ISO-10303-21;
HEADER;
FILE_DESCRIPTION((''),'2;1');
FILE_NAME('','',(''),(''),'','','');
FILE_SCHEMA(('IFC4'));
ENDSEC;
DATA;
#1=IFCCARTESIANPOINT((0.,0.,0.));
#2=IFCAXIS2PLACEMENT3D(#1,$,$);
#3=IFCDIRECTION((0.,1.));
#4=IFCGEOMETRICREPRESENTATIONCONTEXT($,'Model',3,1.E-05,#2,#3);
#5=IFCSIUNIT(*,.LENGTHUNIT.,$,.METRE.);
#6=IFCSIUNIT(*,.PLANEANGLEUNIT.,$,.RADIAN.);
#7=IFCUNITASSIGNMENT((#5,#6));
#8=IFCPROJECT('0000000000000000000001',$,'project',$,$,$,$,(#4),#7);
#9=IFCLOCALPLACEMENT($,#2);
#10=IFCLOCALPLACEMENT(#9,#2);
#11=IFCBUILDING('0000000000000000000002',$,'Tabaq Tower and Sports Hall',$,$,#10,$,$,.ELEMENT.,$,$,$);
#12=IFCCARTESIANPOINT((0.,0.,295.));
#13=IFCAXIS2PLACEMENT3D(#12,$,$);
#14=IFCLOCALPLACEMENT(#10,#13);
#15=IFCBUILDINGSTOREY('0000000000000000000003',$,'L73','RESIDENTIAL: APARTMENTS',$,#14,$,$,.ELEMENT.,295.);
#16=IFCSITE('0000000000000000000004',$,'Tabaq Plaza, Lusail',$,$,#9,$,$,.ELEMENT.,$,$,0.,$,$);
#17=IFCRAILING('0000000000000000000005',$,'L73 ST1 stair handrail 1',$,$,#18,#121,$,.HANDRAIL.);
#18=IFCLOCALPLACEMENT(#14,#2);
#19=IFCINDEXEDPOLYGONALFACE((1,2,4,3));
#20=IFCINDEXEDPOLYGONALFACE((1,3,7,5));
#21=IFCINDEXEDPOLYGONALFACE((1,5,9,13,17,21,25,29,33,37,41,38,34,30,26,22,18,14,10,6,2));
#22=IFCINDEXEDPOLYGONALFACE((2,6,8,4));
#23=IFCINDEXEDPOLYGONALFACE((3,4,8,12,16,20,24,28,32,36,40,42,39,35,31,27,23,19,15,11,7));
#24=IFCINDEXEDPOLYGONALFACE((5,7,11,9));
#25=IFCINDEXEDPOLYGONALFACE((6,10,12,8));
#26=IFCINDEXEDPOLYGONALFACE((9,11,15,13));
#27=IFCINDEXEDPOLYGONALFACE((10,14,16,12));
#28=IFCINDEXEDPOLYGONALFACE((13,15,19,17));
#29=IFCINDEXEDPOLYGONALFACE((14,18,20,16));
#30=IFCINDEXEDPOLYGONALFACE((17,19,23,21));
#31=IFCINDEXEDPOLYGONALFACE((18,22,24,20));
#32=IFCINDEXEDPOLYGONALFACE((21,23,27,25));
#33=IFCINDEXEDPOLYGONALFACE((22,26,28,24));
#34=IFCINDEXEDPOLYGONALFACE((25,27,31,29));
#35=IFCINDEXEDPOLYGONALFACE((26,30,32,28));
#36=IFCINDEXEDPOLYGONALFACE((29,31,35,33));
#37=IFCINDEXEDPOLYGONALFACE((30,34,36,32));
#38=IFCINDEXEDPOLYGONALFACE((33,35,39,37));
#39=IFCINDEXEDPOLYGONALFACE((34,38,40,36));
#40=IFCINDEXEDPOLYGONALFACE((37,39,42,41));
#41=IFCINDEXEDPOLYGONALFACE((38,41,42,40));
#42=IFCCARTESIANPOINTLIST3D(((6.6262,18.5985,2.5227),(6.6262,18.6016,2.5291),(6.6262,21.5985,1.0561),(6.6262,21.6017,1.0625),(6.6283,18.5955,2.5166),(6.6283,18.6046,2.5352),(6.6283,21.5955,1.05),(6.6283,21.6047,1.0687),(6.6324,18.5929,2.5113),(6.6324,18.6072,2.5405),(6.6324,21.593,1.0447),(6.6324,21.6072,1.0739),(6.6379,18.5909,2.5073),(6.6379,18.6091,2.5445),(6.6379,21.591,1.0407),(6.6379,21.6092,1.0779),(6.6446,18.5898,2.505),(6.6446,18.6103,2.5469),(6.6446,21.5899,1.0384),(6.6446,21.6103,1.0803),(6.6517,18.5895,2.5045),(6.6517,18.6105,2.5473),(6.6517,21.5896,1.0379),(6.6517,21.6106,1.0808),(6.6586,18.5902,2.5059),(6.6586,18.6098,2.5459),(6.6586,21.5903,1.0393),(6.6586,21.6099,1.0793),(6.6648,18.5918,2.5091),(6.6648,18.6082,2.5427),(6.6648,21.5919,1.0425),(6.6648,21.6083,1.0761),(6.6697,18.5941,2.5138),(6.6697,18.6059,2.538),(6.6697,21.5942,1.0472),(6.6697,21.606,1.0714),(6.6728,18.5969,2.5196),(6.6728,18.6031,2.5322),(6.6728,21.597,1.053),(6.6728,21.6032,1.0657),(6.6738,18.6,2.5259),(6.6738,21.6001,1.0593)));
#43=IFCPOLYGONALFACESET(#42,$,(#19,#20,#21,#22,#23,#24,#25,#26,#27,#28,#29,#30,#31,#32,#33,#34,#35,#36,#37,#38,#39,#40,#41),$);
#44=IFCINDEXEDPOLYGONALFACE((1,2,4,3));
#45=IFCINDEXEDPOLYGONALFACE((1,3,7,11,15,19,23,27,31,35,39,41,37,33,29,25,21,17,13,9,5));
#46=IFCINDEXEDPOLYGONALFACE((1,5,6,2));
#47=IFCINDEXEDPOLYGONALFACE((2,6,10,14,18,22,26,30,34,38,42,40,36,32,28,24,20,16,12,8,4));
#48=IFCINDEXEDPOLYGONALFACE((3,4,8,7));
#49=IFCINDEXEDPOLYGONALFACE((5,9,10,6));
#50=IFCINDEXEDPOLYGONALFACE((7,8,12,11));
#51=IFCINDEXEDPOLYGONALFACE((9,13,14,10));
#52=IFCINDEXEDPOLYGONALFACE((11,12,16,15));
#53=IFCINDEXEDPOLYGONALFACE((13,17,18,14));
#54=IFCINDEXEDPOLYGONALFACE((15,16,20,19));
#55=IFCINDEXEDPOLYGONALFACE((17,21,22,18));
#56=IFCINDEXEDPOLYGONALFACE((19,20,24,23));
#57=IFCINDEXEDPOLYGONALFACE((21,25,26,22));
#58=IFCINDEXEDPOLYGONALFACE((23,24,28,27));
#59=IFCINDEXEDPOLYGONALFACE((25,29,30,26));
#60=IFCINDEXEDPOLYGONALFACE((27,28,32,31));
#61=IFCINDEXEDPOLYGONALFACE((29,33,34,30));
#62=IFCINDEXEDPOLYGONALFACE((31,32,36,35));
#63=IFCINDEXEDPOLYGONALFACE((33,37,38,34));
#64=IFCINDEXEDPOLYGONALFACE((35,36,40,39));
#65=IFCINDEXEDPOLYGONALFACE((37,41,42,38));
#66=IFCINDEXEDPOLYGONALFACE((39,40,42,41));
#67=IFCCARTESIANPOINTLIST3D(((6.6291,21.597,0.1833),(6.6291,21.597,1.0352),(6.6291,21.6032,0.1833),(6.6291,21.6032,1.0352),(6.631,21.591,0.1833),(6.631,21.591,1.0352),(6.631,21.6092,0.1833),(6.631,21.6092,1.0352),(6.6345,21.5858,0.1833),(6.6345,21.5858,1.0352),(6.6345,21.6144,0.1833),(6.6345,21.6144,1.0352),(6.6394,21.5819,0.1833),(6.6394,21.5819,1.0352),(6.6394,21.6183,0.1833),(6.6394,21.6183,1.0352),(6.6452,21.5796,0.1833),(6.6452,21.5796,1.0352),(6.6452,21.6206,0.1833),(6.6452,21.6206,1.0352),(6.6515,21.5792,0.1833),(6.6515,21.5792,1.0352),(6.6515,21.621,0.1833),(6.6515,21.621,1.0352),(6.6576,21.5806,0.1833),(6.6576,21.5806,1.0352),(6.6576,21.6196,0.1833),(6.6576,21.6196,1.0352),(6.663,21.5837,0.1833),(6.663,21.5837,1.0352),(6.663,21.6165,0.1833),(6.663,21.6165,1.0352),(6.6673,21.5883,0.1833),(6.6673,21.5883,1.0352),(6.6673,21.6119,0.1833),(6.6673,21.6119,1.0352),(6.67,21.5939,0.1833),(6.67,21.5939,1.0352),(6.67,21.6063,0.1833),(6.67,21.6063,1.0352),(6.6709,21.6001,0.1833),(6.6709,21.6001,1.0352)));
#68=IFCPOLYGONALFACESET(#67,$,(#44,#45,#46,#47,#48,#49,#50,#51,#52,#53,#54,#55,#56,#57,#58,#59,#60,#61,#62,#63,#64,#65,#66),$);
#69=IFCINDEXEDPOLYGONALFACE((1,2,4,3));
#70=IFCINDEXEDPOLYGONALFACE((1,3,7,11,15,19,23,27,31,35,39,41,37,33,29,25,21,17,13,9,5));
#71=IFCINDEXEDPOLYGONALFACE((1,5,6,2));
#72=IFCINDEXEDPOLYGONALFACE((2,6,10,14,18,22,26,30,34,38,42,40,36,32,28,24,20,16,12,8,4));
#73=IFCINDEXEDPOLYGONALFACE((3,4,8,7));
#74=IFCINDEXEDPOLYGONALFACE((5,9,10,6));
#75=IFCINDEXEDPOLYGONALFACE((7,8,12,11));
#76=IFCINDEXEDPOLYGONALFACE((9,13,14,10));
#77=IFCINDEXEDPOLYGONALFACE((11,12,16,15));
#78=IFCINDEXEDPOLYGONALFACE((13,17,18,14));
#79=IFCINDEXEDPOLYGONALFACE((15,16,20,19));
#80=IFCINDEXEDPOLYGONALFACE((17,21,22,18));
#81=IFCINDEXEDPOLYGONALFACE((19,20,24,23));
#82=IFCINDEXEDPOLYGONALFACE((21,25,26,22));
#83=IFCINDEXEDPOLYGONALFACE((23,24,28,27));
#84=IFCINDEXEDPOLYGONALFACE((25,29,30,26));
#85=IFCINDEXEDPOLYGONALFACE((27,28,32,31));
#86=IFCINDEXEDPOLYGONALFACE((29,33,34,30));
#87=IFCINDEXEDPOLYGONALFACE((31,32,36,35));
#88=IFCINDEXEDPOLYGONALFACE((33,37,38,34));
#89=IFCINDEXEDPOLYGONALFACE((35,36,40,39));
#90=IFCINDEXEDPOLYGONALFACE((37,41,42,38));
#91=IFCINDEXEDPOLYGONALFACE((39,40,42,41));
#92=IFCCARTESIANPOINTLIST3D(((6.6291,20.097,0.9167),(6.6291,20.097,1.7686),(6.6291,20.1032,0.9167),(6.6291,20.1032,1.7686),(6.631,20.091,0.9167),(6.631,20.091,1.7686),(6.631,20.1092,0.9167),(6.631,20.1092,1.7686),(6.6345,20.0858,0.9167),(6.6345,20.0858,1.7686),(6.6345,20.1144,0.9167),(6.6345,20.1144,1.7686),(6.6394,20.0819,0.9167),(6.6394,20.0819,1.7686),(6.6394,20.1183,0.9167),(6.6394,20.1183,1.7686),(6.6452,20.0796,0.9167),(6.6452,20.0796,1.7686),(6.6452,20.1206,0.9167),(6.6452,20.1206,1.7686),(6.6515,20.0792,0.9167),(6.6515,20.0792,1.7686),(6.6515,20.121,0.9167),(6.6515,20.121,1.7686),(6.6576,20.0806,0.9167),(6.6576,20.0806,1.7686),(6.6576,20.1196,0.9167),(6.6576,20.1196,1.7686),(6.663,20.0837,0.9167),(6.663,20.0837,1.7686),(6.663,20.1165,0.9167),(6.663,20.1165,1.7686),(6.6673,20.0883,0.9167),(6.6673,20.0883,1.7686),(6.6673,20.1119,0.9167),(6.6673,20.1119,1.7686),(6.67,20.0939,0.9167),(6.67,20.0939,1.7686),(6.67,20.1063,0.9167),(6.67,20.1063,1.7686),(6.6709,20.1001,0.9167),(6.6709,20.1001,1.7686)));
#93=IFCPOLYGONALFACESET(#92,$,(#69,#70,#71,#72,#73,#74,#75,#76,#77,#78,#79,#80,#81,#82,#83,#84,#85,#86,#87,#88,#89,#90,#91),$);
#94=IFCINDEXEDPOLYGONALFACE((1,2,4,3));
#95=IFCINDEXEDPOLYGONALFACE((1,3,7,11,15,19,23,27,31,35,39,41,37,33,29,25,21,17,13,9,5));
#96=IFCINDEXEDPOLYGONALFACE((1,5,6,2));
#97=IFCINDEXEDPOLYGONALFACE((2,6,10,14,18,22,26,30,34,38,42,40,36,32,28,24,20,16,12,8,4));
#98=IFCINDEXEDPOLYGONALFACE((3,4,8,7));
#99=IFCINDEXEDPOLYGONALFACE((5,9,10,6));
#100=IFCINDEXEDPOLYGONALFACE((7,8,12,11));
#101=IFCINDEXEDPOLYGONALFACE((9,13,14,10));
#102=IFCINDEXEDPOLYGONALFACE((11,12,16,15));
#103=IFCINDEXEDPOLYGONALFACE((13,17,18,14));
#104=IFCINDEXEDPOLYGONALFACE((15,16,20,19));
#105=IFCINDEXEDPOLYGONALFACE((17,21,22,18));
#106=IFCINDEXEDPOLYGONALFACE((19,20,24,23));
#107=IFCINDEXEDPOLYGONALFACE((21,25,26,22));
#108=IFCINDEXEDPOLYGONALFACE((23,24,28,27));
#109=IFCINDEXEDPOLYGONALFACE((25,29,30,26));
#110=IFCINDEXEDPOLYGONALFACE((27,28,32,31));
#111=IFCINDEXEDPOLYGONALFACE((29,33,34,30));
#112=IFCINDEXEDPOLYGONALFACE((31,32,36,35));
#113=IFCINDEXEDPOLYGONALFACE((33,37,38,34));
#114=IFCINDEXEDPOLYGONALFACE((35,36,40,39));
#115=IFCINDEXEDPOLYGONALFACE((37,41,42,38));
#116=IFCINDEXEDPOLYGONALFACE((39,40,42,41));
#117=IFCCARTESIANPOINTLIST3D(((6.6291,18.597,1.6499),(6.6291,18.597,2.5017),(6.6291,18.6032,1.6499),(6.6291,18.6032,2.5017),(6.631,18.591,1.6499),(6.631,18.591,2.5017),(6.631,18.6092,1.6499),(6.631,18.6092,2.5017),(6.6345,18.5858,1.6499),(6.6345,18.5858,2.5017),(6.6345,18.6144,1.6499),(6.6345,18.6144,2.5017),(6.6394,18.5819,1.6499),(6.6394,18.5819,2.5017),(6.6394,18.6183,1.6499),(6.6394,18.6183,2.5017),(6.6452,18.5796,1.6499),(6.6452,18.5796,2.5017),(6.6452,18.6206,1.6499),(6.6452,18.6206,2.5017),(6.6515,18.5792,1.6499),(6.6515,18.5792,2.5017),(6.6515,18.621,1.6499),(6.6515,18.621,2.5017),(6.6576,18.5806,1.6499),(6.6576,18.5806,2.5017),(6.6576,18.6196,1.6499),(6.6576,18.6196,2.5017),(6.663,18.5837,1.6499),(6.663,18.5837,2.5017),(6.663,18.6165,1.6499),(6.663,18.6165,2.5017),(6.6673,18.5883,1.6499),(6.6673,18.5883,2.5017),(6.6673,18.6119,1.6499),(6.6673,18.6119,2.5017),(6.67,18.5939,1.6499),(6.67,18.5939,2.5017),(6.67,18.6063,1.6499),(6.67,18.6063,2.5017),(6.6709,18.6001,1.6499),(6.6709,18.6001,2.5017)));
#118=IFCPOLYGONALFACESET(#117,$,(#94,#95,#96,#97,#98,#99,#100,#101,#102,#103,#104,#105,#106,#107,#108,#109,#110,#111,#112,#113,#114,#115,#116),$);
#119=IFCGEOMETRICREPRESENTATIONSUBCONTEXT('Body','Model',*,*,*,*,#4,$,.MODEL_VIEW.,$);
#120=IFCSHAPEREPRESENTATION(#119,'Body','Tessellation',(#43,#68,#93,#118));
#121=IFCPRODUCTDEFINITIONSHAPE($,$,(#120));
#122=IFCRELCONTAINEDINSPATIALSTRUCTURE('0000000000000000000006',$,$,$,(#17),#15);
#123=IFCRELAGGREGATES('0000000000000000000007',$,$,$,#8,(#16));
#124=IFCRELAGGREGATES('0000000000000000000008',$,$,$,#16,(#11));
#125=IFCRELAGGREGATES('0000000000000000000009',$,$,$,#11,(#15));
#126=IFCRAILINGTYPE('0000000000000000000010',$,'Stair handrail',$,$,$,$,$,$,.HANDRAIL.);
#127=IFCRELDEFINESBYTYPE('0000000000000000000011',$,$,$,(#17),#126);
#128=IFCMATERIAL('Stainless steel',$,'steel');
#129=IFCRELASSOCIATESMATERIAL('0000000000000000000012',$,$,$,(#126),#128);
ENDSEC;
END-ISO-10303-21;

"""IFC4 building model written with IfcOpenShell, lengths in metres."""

from ifc_helpers import new_model, si_unit, direction, frame, origin, origin_2d, place, context, subcontext, project, spatial, circle, extrude, material, type_object, element, save


model = new_model("IFC4")

# Units and contexts
model_context = context("Model", 3, precision=1e-05, world=origin(), true_north=direction((0.0, 1.0)))
body_context = subcontext(model_context, "Body", "Model", "MODEL_VIEW")
ifc_project = project(units=[si_unit("LENGTHUNIT", "METRE"), si_unit("PLANEANGLEUNIT", "RADIAN")], contexts=[model_context])

# Site, building, storey
site_placement = place(None, origin())
site = spatial("IfcSite", under=ifc_project, at=site_placement, Name="Tabaq Plaza, Lusail", CompositionType="ELEMENT", RefElevation=0.0)
building_placement = place(site_placement, origin())
building = spatial("IfcBuilding", under=site, at=building_placement, Name="Tabaq Tower and Sports Hall", CompositionType="ELEMENT")
storey_placement = place(building_placement, frame((0.0, 0.0, 295.0)))
storey = spatial("IfcBuildingStorey", under=building, at=storey_placement, Name="L73", Description="RESIDENTIAL: APARTMENTS", CompositionType="ELEMENT", Elevation=295.0)

# Railing
ifc_material_1 = material(Name="Stainless steel", Category="steel")
railing_type_1 = type_object("IfcRailingType", Name="Stair handrail", PredefinedType="HANDRAIL", material=ifc_material_1)
railing_1_placement = place(storey_placement, frame((6.6499, 21.6001, 0.1833)))
element("IfcRailing", 1, at=railing_1_placement, inside=storey, type_object=railing_type_1, Name="L73 ST1 stair handrail 1", PredefinedType="HANDRAIL", context=body_context, shape_type="SweptSolid", body=[
    extrude(circle(Radius=0.0239, at=origin_2d()), frame((0.0, 0.0, 0.876), z_axis=(0.0, -0.898398, 0.439183), x_axis=(1.0, 0.0, 0.0)), (0.0, 0.0, 1.0), 3.3394),
    extrude(circle(Radius=0.021, at=origin_2d()), origin(), (0.0, 0.0, 1.0), 0.8518),
    extrude(circle(Radius=0.021, at=origin_2d()), frame((0.0, -1.5, 0.7334)), (0.0, 0.0, 1.0), 0.8518),
    extrude(circle(Radius=0.021, at=origin_2d()), frame((0.0, -3.0, 1.4666)), (0.0, 0.0, 1.0), 0.8518),
])

save(model, "model.ifc")
